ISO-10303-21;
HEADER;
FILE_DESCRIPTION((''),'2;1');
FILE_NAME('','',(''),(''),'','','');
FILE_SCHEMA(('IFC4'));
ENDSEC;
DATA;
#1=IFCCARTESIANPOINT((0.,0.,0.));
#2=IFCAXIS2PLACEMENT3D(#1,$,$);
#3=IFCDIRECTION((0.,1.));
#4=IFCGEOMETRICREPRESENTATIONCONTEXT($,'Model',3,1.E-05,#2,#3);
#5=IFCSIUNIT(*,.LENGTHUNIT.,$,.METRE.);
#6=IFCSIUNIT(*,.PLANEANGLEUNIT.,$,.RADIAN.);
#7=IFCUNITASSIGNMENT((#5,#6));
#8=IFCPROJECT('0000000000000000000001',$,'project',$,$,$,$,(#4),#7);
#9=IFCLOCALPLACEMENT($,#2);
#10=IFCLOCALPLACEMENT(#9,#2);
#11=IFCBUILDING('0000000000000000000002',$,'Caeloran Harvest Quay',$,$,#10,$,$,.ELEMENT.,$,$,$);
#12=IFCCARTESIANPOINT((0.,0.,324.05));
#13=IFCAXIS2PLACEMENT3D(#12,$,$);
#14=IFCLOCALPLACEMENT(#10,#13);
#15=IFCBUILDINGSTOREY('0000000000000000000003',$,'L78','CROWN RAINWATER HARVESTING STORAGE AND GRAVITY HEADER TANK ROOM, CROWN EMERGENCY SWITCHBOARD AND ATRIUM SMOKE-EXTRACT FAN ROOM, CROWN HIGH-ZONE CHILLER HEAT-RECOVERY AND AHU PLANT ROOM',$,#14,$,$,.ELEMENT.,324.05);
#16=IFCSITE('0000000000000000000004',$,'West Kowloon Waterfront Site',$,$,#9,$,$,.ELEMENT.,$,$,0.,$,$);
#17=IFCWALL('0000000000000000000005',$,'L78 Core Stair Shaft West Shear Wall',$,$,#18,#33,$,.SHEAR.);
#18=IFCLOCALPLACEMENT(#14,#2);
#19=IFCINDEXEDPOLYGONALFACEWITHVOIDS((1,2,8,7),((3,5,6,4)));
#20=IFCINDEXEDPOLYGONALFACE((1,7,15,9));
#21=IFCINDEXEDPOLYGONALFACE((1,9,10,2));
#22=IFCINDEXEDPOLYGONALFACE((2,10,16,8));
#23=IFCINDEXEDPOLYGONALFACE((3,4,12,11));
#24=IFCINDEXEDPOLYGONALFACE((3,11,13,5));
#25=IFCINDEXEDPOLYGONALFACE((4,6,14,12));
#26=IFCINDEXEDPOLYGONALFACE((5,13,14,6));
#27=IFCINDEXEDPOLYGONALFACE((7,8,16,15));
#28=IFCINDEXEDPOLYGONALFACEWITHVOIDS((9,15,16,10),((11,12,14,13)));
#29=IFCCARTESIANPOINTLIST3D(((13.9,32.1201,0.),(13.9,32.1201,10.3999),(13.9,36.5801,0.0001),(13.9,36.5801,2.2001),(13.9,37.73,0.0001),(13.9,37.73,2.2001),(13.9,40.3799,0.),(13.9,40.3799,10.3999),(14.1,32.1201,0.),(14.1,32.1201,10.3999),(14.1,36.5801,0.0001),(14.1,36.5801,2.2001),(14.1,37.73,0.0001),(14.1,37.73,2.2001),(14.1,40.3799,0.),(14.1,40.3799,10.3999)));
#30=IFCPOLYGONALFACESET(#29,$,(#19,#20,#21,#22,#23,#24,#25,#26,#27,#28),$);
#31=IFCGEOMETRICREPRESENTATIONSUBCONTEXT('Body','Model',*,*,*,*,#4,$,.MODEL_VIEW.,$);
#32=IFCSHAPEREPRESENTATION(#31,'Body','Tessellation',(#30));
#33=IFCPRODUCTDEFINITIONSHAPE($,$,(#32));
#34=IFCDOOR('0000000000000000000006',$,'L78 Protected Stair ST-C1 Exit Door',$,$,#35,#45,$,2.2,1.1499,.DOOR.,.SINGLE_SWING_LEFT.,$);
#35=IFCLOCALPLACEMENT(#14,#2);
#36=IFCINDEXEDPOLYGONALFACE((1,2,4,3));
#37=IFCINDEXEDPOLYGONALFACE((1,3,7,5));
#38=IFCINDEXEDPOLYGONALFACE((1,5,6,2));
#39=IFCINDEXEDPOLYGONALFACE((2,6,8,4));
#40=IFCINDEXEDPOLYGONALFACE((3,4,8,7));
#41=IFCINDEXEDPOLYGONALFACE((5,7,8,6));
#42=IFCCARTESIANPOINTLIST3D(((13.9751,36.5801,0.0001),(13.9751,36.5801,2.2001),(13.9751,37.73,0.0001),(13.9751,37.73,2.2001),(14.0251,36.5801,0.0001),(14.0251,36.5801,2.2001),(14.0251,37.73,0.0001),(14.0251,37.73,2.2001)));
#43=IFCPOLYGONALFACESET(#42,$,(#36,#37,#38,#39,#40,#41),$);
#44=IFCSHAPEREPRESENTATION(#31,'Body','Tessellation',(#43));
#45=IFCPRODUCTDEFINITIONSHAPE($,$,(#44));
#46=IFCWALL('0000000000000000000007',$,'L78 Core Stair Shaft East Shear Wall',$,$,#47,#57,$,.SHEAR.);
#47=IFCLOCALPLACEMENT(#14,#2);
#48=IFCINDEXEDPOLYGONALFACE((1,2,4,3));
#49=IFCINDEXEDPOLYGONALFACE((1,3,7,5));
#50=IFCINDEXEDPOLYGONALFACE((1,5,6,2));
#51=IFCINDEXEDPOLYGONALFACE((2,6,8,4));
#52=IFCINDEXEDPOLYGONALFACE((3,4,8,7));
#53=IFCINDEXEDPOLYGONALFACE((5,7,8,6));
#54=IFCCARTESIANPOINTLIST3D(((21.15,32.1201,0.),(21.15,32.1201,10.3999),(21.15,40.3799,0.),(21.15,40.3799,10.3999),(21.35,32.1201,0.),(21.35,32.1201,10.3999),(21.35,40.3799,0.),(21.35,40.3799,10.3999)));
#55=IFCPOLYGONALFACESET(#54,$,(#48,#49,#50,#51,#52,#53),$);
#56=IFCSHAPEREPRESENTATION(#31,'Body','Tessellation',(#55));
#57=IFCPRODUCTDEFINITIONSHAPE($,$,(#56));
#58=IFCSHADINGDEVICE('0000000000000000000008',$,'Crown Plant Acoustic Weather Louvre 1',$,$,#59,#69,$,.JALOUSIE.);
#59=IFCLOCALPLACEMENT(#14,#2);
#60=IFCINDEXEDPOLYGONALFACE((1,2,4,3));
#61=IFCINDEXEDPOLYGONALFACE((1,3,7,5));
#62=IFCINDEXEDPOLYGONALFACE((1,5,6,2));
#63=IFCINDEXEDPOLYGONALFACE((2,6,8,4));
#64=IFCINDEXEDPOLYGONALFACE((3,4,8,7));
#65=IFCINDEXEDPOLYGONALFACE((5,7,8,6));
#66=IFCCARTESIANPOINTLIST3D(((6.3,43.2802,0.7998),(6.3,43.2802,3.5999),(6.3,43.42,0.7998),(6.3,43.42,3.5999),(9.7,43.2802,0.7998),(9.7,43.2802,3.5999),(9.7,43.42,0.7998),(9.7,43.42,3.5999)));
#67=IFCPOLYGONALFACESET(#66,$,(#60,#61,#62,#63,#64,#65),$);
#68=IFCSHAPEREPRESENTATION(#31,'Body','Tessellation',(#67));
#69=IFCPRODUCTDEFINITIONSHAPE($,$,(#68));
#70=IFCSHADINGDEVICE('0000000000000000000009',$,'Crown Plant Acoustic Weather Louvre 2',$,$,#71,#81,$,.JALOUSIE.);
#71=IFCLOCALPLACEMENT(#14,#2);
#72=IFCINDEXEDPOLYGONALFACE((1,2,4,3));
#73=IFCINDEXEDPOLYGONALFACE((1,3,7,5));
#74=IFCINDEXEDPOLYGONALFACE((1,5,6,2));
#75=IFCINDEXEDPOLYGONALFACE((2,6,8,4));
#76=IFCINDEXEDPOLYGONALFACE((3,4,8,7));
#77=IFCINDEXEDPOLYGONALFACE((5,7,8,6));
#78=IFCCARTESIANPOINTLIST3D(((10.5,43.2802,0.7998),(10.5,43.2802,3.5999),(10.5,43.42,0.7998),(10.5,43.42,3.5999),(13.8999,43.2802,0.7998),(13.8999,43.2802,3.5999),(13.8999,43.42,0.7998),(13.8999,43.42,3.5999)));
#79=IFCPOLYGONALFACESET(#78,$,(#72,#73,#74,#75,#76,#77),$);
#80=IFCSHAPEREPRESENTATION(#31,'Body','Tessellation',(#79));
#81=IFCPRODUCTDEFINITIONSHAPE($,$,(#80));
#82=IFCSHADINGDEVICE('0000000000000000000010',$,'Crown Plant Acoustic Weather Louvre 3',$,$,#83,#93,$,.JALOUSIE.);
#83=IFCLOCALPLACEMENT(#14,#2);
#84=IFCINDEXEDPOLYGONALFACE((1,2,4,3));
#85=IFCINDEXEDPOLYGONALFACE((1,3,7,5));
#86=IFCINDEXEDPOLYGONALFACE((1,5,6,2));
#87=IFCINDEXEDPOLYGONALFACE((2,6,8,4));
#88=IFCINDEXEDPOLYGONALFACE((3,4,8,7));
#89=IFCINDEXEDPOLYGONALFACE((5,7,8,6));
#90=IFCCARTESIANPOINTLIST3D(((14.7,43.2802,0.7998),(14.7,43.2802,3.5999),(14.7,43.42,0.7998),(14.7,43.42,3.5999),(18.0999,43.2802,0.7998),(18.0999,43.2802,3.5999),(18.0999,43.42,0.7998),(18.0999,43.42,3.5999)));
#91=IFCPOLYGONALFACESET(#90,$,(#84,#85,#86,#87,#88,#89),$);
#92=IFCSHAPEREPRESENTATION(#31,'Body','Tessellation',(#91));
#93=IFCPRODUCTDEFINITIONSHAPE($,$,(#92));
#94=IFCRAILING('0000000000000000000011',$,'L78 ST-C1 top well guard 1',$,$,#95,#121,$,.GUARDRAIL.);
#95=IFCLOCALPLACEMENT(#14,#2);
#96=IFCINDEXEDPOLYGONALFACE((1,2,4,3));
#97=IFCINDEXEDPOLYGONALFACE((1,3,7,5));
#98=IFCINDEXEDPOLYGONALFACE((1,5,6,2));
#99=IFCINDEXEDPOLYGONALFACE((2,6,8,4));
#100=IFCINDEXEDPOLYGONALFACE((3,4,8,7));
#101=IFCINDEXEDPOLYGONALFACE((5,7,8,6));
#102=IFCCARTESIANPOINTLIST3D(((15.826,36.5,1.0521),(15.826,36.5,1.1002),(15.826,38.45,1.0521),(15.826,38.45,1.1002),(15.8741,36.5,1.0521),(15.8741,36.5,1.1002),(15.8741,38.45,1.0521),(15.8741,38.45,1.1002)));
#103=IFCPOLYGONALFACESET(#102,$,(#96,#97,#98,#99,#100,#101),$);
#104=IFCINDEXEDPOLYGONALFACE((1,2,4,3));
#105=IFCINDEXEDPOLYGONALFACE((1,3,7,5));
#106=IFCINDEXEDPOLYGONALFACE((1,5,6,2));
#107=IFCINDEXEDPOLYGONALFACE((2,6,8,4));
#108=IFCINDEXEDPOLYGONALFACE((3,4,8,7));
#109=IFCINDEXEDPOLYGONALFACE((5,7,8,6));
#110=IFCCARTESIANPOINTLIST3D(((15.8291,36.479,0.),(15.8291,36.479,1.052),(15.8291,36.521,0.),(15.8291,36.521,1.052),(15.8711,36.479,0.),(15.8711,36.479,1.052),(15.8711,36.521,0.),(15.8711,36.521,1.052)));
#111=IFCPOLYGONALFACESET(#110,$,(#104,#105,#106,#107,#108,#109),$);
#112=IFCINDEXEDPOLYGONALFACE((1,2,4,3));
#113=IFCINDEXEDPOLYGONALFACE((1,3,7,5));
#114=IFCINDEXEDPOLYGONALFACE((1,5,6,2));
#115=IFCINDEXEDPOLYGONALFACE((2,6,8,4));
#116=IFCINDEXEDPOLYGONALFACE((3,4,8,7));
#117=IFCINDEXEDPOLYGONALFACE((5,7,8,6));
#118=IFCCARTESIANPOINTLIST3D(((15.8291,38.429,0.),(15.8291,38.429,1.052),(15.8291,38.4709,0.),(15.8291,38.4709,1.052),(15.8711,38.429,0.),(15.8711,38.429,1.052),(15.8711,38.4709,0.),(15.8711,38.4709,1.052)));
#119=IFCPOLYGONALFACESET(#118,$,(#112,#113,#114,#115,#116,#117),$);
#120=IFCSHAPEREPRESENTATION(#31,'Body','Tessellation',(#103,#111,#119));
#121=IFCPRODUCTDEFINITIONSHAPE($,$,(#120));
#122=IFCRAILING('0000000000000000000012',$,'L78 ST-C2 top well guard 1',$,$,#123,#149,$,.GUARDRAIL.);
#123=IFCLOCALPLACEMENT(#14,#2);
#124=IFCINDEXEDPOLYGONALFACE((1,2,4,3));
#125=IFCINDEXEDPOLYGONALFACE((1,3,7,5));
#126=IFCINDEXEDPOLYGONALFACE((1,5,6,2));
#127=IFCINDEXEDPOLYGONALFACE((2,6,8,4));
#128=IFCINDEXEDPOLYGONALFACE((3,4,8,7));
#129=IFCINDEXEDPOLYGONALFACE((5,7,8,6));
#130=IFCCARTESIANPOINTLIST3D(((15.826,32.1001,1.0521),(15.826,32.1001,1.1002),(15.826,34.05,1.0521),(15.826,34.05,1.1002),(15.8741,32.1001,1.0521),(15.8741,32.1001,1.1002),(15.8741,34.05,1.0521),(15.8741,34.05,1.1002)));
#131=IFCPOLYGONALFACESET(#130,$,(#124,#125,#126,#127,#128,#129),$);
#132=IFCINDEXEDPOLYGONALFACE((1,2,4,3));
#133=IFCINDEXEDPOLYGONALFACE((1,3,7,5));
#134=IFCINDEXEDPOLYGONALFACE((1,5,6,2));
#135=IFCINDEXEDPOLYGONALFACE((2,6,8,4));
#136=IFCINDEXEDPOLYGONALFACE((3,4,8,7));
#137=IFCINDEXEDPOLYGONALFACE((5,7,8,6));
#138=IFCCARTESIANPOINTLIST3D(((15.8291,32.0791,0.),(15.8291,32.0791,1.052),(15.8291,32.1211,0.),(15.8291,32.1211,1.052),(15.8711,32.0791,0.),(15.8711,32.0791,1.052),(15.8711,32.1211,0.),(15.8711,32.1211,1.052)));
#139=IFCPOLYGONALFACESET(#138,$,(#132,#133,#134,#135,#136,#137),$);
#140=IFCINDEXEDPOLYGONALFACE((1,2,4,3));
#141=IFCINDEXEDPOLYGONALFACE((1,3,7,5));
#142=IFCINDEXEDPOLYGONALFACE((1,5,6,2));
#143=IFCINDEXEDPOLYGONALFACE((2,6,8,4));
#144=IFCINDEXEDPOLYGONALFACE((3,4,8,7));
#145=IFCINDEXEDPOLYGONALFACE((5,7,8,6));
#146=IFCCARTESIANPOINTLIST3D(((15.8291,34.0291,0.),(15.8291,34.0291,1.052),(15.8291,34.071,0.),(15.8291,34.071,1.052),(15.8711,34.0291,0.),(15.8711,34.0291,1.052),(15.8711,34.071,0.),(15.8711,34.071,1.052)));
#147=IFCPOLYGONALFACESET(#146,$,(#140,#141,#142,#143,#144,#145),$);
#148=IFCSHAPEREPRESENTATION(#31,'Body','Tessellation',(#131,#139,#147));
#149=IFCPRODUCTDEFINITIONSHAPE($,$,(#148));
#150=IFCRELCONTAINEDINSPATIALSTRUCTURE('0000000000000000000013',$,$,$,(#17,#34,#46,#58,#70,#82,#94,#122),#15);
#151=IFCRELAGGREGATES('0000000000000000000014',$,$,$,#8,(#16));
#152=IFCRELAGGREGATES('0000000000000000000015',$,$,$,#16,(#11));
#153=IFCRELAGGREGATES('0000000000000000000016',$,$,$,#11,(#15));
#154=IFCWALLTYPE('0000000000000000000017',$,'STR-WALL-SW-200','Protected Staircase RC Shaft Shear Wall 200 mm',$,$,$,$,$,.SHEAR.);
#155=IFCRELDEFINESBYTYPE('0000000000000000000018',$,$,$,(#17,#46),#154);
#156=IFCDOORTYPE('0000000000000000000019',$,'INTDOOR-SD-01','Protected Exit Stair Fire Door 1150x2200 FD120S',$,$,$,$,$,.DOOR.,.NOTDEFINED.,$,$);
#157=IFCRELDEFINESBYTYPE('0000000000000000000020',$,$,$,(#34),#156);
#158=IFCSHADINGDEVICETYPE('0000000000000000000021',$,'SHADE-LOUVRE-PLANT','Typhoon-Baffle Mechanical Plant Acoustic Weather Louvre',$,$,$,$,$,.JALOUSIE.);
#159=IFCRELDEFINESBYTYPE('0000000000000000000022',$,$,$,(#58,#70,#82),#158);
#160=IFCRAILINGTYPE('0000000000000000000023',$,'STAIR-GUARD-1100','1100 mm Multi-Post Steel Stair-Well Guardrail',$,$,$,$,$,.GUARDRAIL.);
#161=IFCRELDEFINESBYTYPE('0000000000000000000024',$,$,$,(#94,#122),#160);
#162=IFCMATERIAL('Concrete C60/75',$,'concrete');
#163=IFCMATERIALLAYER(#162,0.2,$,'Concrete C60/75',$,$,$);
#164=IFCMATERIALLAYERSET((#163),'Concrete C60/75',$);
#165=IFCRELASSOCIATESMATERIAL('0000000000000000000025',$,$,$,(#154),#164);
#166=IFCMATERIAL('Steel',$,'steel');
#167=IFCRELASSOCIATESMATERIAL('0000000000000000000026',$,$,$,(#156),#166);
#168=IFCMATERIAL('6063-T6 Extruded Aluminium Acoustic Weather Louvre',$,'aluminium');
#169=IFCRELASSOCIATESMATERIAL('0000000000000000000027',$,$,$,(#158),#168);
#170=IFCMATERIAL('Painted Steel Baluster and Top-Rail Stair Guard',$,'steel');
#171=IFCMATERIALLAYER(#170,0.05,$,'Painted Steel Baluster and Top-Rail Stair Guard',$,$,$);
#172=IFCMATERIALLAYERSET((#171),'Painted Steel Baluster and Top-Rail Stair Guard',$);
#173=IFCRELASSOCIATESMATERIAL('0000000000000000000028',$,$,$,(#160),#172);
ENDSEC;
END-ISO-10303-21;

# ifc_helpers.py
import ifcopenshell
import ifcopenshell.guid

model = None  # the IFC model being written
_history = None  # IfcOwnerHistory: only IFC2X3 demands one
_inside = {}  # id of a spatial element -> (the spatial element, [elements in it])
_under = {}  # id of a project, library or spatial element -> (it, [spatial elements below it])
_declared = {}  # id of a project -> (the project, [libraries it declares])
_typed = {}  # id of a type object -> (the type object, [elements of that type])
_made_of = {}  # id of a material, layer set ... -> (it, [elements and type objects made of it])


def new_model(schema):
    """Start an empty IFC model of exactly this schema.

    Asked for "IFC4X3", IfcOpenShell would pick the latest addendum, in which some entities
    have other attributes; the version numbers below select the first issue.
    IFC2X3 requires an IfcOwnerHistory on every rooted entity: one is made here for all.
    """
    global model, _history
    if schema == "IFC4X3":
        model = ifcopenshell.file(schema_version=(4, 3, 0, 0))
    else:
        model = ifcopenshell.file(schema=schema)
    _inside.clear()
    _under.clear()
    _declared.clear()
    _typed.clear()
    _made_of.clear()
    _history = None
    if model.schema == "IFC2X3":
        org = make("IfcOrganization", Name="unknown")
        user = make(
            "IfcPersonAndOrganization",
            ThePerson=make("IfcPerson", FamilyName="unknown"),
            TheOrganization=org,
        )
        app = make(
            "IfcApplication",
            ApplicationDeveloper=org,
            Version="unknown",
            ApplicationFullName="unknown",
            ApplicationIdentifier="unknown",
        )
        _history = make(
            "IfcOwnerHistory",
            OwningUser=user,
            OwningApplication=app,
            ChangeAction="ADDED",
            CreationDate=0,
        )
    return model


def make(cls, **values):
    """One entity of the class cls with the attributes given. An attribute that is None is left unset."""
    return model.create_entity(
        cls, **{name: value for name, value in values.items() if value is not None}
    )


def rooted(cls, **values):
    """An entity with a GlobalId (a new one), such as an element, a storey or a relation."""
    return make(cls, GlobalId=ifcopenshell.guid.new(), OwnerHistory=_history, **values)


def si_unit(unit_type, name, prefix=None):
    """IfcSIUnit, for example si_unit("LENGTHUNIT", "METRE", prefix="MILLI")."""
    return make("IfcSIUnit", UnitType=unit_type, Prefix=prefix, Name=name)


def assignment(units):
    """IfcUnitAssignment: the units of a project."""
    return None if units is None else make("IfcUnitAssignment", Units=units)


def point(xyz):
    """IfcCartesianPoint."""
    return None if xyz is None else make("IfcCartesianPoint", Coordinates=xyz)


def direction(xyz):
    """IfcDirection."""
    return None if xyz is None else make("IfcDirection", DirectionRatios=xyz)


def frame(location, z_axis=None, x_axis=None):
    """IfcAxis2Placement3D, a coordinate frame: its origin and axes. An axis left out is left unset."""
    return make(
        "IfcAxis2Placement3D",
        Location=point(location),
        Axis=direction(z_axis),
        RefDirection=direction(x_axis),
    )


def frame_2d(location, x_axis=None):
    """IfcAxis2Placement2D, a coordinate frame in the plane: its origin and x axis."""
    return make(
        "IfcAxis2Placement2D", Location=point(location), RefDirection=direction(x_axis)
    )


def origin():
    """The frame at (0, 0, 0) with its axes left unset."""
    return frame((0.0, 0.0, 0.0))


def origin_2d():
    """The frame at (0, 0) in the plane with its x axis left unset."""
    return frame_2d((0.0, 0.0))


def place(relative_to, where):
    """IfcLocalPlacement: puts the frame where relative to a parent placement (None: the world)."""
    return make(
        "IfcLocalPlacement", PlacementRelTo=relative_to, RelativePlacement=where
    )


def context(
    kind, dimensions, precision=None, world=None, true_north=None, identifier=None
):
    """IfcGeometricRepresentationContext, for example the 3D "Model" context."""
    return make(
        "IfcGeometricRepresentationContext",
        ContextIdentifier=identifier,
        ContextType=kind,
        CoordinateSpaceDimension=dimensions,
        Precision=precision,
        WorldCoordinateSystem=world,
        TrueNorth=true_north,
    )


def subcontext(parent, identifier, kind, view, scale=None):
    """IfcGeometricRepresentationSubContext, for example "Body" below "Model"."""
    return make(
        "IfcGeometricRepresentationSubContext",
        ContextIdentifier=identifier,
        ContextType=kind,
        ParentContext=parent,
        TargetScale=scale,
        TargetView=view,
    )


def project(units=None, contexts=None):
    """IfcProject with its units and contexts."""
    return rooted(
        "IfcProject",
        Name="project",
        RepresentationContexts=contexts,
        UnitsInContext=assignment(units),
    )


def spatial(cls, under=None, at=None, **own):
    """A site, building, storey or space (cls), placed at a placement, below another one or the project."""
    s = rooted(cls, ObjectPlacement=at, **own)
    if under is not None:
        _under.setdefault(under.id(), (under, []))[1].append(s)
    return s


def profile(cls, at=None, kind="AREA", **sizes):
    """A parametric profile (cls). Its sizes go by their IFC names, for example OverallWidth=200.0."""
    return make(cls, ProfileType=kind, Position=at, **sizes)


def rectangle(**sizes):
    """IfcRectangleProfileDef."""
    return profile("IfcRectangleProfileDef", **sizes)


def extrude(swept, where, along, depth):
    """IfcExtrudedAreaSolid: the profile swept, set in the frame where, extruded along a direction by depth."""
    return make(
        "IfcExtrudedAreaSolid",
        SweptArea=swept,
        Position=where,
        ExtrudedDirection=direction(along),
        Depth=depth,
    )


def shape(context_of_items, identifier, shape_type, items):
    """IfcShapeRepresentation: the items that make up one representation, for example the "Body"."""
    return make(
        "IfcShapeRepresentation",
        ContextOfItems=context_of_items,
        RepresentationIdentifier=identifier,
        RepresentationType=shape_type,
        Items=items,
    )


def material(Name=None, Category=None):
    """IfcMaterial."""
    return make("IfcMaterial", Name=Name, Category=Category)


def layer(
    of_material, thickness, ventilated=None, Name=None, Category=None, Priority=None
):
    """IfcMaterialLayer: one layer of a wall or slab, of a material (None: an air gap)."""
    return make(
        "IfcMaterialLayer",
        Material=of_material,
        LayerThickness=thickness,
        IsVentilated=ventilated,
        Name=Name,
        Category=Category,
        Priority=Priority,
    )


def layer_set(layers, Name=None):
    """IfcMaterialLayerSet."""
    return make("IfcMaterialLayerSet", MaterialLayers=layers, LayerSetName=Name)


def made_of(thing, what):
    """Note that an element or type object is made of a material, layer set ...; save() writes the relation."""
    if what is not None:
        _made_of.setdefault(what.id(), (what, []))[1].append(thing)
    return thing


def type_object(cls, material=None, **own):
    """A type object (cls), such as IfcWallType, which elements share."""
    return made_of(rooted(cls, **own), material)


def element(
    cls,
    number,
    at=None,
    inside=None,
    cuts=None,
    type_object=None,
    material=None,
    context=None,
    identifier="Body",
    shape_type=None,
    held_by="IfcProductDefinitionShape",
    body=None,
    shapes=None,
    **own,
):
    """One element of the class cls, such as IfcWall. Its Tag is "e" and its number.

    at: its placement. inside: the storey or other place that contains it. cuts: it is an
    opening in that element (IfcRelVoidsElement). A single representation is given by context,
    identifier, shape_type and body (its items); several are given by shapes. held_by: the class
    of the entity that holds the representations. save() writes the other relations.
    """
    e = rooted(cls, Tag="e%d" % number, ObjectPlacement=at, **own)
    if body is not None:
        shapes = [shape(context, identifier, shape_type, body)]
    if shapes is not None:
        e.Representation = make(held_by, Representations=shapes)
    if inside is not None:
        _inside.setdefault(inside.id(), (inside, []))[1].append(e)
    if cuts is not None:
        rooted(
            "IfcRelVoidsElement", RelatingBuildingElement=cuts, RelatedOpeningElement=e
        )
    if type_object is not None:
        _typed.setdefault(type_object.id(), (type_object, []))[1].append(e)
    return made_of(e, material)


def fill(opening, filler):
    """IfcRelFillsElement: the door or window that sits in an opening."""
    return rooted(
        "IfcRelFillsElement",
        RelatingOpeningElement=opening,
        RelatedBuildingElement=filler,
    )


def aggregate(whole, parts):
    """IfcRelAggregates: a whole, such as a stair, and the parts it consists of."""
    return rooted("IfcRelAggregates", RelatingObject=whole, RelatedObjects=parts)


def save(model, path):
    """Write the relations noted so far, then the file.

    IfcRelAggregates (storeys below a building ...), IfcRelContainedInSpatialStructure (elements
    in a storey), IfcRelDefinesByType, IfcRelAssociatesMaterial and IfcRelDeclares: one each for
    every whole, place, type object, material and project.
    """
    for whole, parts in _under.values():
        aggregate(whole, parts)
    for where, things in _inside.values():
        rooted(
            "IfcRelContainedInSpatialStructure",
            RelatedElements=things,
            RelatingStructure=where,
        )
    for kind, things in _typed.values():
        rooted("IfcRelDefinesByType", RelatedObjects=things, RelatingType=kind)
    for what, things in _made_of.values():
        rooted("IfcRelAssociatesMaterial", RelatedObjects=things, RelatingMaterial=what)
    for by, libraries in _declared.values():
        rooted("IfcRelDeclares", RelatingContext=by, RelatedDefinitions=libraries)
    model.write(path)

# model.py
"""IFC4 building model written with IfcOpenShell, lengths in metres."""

from ifc_helpers import new_model, si_unit, direction, frame, frame_2d, origin, origin_2d, place, context, subcontext, project, spatial, rectangle, extrude, material, layer, layer_set, type_object, element, fill, save


model = new_model("IFC4")

# Units and contexts
model_context = context("Model", 3, precision=1e-05, world=origin(), true_north=direction((0.0, 1.0)))
body_context = subcontext(model_context, "Body", "Model", "MODEL_VIEW")
ifc_project = project(units=[si_unit("LENGTHUNIT", "METRE"), si_unit("PLANEANGLEUNIT", "RADIAN")], contexts=[model_context])

# Site, building, storey
site_placement = place(None, origin())
site = spatial("IfcSite", under=ifc_project, at=site_placement, Name="West Kowloon Waterfront Site", CompositionType="ELEMENT", RefElevation=0.0)
building_placement = place(site_placement, origin())
building = spatial("IfcBuilding", under=site, at=building_placement, Name="Caeloran Harvest Quay", CompositionType="ELEMENT")
storey_placement = place(building_placement, frame((0.0, 0.0, 324.05)))
storey = spatial("IfcBuildingStorey", under=building, at=storey_placement, Name="L78", Description="CROWN RAINWATER HARVESTING STORAGE AND GRAVITY HEADER TANK ROOM, CROWN EMERGENCY SWITCHBOARD AND ATRIUM SMOKE-EXTRACT FAN ROOM, CROWN HIGH-ZONE CHILLER HEAT-RECOVERY AND AHU PLANT ROOM", CompositionType="ELEMENT", Elevation=324.05)

# Shared definitions
ifc_material_1 = material(Name="Steel", Category="steel")
ifc_material_2 = material(Name="Concrete C60/75", Category="concrete")

# Wall, opening, door
ifc_layer_1 = layer(ifc_material_2, 0.2, Name="Concrete C60/75")
ifc_layer_set_1 = layer_set([ifc_layer_1], Name="Concrete C60/75")
wall_type_1 = type_object("IfcWallType", Name="STR-WALL-SW-200", Description="Protected Staircase RC Shaft Shear Wall 200 mm", PredefinedType="SHEAR", material=ifc_layer_set_1)
wall_1_placement = place(storey_placement, frame((14.0, 32.1201, 0.0), z_axis=(0.0, 0.0, 1.0), x_axis=(0.0, 1.0, 0.0)))
wall_1 = element("IfcWall", 1, at=wall_1_placement, inside=storey, type_object=wall_type_1, Name="L78 Core Stair Shaft West Shear Wall", PredefinedType="SHEAR", context=body_context, shape_type="SweptSolid", body=[
    extrude(rectangle(XDim=8.2598, YDim=0.2, at=frame_2d((4.1299, 0.0))), origin(), (0.0, 0.0, 1.0), 10.3999),
])
opening_1_placement = place(wall_1_placement, frame((4.46, 0.0, 0.0)))
opening_1 = element("IfcOpeningElement", 2, at=opening_1_placement, cuts=wall_1, PredefinedType="OPENING", context=body_context, shape_type="SweptSolid", body=[
    extrude(rectangle(XDim=1.1499, YDim=2.2, at=frame_2d((0.575, 1.1001))), frame((0.0, 0.1099, 0.0), z_axis=(0.0, -1.0, 0.0), x_axis=(1.0, 0.0, 0.0)), (0.0, 0.0, 1.0), 0.22),
])
door_type_1 = type_object("IfcDoorType", Name="INTDOOR-SD-01", Description="Protected Exit Stair Fire Door 1150x2200 FD120S", OperationType="NOTDEFINED", PredefinedType="DOOR", material=ifc_material_1)
door_1_placement = place(opening_1_placement, origin())
door_1 = element("IfcDoor", 3, at=door_1_placement, inside=storey, type_object=door_type_1, Name="L78 Protected Stair ST-C1 Exit Door", OperationType="SINGLE_SWING_LEFT", OverallHeight=2.2, OverallWidth=1.1499, PredefinedType="DOOR", context=body_context, shape_type="SweptSolid", body=[
    extrude(rectangle(XDim=1.1499, YDim=2.2, at=frame_2d((0.575, 1.1001))), frame((0.0, 0.0249, 0.0), z_axis=(0.0, -1.0, 0.0), x_axis=(1.0, 0.0, 0.0)), (0.0, 0.0, 1.0), 0.05),
])
fill(opening_1, door_1)

# Wall
wall_2_placement = place(storey_placement, frame((21.25, 32.1201, 0.0), z_axis=(0.0, 0.0, 1.0), x_axis=(0.0, 1.0, 0.0)))
element("IfcWall", 4, at=wall_2_placement, inside=storey, type_object=wall_type_1, Name="L78 Core Stair Shaft East Shear Wall", PredefinedType="SHEAR", context=body_context, shape_type="SweptSolid", body=[
    extrude(rectangle(XDim=8.2598, YDim=0.2, at=frame_2d((4.1299, 0.0))), origin(), (0.0, 0.0, 1.0), 10.3999),
])

# Shading devices
ifc_material_3 = material(Name="6063-T6 Extruded Aluminium Acoustic Weather Louvre", Category="aluminium")
shading_device_type = type_object("IfcShadingDeviceType", Name="SHADE-LOUVRE-PLANT", Description="Typhoon-Baffle Mechanical Plant Acoustic Weather Louvre", PredefinedType="JALOUSIE", material=ifc_material_3)
for number, where, z_axis, x_axis, name in (
    (5, (8.0, 43.3501, 0.7998), (0.0, 0.0, 1.0), (1.0, 0.0, 0.0), "Crown Plant Acoustic Weather Louvre 1"),
    (6, (12.2, 43.3501, 0.7998), (0.0, 0.0, 1.0), (1.0, 0.0, 0.0), "Crown Plant Acoustic Weather Louvre 2"),
    (7, (16.3999, 43.3501, 0.7998), (0.0, 0.0, 1.0), (1.0, 0.0, 0.0), "Crown Plant Acoustic Weather Louvre 3"),
):
    element("IfcShadingDevice", number, at=place(storey_placement, frame(where, z_axis=z_axis, x_axis=x_axis)), inside=storey, type_object=shading_device_type, Name=name, PredefinedType="JALOUSIE", context=body_context, shape_type="SweptSolid", body=[
        extrude(rectangle(XDim=3.3999, YDim=0.1399, at=origin_2d()), origin(), (0.0, 0.0, 1.0), 2.8),
    ])

# Railings
ifc_material_4 = material(Name="Painted Steel Baluster and Top-Rail Stair Guard", Category="steel")
ifc_layer_2 = layer(ifc_material_4, 0.05, Name="Painted Steel Baluster and Top-Rail Stair Guard")
ifc_layer_set_2 = layer_set([ifc_layer_2], Name="Painted Steel Baluster and Top-Rail Stair Guard")
railing_type = type_object("IfcRailingType", Name="STAIR-GUARD-1100", Description="1100 mm Multi-Post Steel Stair-Well Guardrail", PredefinedType="GUARDRAIL", material=ifc_layer_set_2)
for number, where, name in (
    (8, (15.8501, 36.5, 0.0), "L78 ST-C1 top well guard 1"),
    (9, (15.8501, 32.1001, 0.0), "L78 ST-C2 top well guard 1"),
):
    element("IfcRailing", number, at=place(storey_placement, frame(where)), inside=storey, type_object=railing_type, Name=name, PredefinedType="GUARDRAIL", context=body_context, shape_type="SweptSolid", body=[
        extrude(rectangle(XDim=0.0481, YDim=0.0481, at=origin_2d()), frame((0.0, 0.0, 1.0762), z_axis=(0.0, 1.0, 0.0), x_axis=(-1.0, 0.0, 0.0)), (0.0, 0.0, 1.0), 1.95),
        extrude(rectangle(XDim=0.042, YDim=0.042, at=origin_2d()), origin(), (0.0, 0.0, 1.0), 1.052),
        extrude(rectangle(XDim=0.042, YDim=0.042, at=origin_2d()), frame((0.0, 1.95, 0.0)), (0.0, 0.0, 1.0), 1.052),
    ])

save(model, "model.ifc")
